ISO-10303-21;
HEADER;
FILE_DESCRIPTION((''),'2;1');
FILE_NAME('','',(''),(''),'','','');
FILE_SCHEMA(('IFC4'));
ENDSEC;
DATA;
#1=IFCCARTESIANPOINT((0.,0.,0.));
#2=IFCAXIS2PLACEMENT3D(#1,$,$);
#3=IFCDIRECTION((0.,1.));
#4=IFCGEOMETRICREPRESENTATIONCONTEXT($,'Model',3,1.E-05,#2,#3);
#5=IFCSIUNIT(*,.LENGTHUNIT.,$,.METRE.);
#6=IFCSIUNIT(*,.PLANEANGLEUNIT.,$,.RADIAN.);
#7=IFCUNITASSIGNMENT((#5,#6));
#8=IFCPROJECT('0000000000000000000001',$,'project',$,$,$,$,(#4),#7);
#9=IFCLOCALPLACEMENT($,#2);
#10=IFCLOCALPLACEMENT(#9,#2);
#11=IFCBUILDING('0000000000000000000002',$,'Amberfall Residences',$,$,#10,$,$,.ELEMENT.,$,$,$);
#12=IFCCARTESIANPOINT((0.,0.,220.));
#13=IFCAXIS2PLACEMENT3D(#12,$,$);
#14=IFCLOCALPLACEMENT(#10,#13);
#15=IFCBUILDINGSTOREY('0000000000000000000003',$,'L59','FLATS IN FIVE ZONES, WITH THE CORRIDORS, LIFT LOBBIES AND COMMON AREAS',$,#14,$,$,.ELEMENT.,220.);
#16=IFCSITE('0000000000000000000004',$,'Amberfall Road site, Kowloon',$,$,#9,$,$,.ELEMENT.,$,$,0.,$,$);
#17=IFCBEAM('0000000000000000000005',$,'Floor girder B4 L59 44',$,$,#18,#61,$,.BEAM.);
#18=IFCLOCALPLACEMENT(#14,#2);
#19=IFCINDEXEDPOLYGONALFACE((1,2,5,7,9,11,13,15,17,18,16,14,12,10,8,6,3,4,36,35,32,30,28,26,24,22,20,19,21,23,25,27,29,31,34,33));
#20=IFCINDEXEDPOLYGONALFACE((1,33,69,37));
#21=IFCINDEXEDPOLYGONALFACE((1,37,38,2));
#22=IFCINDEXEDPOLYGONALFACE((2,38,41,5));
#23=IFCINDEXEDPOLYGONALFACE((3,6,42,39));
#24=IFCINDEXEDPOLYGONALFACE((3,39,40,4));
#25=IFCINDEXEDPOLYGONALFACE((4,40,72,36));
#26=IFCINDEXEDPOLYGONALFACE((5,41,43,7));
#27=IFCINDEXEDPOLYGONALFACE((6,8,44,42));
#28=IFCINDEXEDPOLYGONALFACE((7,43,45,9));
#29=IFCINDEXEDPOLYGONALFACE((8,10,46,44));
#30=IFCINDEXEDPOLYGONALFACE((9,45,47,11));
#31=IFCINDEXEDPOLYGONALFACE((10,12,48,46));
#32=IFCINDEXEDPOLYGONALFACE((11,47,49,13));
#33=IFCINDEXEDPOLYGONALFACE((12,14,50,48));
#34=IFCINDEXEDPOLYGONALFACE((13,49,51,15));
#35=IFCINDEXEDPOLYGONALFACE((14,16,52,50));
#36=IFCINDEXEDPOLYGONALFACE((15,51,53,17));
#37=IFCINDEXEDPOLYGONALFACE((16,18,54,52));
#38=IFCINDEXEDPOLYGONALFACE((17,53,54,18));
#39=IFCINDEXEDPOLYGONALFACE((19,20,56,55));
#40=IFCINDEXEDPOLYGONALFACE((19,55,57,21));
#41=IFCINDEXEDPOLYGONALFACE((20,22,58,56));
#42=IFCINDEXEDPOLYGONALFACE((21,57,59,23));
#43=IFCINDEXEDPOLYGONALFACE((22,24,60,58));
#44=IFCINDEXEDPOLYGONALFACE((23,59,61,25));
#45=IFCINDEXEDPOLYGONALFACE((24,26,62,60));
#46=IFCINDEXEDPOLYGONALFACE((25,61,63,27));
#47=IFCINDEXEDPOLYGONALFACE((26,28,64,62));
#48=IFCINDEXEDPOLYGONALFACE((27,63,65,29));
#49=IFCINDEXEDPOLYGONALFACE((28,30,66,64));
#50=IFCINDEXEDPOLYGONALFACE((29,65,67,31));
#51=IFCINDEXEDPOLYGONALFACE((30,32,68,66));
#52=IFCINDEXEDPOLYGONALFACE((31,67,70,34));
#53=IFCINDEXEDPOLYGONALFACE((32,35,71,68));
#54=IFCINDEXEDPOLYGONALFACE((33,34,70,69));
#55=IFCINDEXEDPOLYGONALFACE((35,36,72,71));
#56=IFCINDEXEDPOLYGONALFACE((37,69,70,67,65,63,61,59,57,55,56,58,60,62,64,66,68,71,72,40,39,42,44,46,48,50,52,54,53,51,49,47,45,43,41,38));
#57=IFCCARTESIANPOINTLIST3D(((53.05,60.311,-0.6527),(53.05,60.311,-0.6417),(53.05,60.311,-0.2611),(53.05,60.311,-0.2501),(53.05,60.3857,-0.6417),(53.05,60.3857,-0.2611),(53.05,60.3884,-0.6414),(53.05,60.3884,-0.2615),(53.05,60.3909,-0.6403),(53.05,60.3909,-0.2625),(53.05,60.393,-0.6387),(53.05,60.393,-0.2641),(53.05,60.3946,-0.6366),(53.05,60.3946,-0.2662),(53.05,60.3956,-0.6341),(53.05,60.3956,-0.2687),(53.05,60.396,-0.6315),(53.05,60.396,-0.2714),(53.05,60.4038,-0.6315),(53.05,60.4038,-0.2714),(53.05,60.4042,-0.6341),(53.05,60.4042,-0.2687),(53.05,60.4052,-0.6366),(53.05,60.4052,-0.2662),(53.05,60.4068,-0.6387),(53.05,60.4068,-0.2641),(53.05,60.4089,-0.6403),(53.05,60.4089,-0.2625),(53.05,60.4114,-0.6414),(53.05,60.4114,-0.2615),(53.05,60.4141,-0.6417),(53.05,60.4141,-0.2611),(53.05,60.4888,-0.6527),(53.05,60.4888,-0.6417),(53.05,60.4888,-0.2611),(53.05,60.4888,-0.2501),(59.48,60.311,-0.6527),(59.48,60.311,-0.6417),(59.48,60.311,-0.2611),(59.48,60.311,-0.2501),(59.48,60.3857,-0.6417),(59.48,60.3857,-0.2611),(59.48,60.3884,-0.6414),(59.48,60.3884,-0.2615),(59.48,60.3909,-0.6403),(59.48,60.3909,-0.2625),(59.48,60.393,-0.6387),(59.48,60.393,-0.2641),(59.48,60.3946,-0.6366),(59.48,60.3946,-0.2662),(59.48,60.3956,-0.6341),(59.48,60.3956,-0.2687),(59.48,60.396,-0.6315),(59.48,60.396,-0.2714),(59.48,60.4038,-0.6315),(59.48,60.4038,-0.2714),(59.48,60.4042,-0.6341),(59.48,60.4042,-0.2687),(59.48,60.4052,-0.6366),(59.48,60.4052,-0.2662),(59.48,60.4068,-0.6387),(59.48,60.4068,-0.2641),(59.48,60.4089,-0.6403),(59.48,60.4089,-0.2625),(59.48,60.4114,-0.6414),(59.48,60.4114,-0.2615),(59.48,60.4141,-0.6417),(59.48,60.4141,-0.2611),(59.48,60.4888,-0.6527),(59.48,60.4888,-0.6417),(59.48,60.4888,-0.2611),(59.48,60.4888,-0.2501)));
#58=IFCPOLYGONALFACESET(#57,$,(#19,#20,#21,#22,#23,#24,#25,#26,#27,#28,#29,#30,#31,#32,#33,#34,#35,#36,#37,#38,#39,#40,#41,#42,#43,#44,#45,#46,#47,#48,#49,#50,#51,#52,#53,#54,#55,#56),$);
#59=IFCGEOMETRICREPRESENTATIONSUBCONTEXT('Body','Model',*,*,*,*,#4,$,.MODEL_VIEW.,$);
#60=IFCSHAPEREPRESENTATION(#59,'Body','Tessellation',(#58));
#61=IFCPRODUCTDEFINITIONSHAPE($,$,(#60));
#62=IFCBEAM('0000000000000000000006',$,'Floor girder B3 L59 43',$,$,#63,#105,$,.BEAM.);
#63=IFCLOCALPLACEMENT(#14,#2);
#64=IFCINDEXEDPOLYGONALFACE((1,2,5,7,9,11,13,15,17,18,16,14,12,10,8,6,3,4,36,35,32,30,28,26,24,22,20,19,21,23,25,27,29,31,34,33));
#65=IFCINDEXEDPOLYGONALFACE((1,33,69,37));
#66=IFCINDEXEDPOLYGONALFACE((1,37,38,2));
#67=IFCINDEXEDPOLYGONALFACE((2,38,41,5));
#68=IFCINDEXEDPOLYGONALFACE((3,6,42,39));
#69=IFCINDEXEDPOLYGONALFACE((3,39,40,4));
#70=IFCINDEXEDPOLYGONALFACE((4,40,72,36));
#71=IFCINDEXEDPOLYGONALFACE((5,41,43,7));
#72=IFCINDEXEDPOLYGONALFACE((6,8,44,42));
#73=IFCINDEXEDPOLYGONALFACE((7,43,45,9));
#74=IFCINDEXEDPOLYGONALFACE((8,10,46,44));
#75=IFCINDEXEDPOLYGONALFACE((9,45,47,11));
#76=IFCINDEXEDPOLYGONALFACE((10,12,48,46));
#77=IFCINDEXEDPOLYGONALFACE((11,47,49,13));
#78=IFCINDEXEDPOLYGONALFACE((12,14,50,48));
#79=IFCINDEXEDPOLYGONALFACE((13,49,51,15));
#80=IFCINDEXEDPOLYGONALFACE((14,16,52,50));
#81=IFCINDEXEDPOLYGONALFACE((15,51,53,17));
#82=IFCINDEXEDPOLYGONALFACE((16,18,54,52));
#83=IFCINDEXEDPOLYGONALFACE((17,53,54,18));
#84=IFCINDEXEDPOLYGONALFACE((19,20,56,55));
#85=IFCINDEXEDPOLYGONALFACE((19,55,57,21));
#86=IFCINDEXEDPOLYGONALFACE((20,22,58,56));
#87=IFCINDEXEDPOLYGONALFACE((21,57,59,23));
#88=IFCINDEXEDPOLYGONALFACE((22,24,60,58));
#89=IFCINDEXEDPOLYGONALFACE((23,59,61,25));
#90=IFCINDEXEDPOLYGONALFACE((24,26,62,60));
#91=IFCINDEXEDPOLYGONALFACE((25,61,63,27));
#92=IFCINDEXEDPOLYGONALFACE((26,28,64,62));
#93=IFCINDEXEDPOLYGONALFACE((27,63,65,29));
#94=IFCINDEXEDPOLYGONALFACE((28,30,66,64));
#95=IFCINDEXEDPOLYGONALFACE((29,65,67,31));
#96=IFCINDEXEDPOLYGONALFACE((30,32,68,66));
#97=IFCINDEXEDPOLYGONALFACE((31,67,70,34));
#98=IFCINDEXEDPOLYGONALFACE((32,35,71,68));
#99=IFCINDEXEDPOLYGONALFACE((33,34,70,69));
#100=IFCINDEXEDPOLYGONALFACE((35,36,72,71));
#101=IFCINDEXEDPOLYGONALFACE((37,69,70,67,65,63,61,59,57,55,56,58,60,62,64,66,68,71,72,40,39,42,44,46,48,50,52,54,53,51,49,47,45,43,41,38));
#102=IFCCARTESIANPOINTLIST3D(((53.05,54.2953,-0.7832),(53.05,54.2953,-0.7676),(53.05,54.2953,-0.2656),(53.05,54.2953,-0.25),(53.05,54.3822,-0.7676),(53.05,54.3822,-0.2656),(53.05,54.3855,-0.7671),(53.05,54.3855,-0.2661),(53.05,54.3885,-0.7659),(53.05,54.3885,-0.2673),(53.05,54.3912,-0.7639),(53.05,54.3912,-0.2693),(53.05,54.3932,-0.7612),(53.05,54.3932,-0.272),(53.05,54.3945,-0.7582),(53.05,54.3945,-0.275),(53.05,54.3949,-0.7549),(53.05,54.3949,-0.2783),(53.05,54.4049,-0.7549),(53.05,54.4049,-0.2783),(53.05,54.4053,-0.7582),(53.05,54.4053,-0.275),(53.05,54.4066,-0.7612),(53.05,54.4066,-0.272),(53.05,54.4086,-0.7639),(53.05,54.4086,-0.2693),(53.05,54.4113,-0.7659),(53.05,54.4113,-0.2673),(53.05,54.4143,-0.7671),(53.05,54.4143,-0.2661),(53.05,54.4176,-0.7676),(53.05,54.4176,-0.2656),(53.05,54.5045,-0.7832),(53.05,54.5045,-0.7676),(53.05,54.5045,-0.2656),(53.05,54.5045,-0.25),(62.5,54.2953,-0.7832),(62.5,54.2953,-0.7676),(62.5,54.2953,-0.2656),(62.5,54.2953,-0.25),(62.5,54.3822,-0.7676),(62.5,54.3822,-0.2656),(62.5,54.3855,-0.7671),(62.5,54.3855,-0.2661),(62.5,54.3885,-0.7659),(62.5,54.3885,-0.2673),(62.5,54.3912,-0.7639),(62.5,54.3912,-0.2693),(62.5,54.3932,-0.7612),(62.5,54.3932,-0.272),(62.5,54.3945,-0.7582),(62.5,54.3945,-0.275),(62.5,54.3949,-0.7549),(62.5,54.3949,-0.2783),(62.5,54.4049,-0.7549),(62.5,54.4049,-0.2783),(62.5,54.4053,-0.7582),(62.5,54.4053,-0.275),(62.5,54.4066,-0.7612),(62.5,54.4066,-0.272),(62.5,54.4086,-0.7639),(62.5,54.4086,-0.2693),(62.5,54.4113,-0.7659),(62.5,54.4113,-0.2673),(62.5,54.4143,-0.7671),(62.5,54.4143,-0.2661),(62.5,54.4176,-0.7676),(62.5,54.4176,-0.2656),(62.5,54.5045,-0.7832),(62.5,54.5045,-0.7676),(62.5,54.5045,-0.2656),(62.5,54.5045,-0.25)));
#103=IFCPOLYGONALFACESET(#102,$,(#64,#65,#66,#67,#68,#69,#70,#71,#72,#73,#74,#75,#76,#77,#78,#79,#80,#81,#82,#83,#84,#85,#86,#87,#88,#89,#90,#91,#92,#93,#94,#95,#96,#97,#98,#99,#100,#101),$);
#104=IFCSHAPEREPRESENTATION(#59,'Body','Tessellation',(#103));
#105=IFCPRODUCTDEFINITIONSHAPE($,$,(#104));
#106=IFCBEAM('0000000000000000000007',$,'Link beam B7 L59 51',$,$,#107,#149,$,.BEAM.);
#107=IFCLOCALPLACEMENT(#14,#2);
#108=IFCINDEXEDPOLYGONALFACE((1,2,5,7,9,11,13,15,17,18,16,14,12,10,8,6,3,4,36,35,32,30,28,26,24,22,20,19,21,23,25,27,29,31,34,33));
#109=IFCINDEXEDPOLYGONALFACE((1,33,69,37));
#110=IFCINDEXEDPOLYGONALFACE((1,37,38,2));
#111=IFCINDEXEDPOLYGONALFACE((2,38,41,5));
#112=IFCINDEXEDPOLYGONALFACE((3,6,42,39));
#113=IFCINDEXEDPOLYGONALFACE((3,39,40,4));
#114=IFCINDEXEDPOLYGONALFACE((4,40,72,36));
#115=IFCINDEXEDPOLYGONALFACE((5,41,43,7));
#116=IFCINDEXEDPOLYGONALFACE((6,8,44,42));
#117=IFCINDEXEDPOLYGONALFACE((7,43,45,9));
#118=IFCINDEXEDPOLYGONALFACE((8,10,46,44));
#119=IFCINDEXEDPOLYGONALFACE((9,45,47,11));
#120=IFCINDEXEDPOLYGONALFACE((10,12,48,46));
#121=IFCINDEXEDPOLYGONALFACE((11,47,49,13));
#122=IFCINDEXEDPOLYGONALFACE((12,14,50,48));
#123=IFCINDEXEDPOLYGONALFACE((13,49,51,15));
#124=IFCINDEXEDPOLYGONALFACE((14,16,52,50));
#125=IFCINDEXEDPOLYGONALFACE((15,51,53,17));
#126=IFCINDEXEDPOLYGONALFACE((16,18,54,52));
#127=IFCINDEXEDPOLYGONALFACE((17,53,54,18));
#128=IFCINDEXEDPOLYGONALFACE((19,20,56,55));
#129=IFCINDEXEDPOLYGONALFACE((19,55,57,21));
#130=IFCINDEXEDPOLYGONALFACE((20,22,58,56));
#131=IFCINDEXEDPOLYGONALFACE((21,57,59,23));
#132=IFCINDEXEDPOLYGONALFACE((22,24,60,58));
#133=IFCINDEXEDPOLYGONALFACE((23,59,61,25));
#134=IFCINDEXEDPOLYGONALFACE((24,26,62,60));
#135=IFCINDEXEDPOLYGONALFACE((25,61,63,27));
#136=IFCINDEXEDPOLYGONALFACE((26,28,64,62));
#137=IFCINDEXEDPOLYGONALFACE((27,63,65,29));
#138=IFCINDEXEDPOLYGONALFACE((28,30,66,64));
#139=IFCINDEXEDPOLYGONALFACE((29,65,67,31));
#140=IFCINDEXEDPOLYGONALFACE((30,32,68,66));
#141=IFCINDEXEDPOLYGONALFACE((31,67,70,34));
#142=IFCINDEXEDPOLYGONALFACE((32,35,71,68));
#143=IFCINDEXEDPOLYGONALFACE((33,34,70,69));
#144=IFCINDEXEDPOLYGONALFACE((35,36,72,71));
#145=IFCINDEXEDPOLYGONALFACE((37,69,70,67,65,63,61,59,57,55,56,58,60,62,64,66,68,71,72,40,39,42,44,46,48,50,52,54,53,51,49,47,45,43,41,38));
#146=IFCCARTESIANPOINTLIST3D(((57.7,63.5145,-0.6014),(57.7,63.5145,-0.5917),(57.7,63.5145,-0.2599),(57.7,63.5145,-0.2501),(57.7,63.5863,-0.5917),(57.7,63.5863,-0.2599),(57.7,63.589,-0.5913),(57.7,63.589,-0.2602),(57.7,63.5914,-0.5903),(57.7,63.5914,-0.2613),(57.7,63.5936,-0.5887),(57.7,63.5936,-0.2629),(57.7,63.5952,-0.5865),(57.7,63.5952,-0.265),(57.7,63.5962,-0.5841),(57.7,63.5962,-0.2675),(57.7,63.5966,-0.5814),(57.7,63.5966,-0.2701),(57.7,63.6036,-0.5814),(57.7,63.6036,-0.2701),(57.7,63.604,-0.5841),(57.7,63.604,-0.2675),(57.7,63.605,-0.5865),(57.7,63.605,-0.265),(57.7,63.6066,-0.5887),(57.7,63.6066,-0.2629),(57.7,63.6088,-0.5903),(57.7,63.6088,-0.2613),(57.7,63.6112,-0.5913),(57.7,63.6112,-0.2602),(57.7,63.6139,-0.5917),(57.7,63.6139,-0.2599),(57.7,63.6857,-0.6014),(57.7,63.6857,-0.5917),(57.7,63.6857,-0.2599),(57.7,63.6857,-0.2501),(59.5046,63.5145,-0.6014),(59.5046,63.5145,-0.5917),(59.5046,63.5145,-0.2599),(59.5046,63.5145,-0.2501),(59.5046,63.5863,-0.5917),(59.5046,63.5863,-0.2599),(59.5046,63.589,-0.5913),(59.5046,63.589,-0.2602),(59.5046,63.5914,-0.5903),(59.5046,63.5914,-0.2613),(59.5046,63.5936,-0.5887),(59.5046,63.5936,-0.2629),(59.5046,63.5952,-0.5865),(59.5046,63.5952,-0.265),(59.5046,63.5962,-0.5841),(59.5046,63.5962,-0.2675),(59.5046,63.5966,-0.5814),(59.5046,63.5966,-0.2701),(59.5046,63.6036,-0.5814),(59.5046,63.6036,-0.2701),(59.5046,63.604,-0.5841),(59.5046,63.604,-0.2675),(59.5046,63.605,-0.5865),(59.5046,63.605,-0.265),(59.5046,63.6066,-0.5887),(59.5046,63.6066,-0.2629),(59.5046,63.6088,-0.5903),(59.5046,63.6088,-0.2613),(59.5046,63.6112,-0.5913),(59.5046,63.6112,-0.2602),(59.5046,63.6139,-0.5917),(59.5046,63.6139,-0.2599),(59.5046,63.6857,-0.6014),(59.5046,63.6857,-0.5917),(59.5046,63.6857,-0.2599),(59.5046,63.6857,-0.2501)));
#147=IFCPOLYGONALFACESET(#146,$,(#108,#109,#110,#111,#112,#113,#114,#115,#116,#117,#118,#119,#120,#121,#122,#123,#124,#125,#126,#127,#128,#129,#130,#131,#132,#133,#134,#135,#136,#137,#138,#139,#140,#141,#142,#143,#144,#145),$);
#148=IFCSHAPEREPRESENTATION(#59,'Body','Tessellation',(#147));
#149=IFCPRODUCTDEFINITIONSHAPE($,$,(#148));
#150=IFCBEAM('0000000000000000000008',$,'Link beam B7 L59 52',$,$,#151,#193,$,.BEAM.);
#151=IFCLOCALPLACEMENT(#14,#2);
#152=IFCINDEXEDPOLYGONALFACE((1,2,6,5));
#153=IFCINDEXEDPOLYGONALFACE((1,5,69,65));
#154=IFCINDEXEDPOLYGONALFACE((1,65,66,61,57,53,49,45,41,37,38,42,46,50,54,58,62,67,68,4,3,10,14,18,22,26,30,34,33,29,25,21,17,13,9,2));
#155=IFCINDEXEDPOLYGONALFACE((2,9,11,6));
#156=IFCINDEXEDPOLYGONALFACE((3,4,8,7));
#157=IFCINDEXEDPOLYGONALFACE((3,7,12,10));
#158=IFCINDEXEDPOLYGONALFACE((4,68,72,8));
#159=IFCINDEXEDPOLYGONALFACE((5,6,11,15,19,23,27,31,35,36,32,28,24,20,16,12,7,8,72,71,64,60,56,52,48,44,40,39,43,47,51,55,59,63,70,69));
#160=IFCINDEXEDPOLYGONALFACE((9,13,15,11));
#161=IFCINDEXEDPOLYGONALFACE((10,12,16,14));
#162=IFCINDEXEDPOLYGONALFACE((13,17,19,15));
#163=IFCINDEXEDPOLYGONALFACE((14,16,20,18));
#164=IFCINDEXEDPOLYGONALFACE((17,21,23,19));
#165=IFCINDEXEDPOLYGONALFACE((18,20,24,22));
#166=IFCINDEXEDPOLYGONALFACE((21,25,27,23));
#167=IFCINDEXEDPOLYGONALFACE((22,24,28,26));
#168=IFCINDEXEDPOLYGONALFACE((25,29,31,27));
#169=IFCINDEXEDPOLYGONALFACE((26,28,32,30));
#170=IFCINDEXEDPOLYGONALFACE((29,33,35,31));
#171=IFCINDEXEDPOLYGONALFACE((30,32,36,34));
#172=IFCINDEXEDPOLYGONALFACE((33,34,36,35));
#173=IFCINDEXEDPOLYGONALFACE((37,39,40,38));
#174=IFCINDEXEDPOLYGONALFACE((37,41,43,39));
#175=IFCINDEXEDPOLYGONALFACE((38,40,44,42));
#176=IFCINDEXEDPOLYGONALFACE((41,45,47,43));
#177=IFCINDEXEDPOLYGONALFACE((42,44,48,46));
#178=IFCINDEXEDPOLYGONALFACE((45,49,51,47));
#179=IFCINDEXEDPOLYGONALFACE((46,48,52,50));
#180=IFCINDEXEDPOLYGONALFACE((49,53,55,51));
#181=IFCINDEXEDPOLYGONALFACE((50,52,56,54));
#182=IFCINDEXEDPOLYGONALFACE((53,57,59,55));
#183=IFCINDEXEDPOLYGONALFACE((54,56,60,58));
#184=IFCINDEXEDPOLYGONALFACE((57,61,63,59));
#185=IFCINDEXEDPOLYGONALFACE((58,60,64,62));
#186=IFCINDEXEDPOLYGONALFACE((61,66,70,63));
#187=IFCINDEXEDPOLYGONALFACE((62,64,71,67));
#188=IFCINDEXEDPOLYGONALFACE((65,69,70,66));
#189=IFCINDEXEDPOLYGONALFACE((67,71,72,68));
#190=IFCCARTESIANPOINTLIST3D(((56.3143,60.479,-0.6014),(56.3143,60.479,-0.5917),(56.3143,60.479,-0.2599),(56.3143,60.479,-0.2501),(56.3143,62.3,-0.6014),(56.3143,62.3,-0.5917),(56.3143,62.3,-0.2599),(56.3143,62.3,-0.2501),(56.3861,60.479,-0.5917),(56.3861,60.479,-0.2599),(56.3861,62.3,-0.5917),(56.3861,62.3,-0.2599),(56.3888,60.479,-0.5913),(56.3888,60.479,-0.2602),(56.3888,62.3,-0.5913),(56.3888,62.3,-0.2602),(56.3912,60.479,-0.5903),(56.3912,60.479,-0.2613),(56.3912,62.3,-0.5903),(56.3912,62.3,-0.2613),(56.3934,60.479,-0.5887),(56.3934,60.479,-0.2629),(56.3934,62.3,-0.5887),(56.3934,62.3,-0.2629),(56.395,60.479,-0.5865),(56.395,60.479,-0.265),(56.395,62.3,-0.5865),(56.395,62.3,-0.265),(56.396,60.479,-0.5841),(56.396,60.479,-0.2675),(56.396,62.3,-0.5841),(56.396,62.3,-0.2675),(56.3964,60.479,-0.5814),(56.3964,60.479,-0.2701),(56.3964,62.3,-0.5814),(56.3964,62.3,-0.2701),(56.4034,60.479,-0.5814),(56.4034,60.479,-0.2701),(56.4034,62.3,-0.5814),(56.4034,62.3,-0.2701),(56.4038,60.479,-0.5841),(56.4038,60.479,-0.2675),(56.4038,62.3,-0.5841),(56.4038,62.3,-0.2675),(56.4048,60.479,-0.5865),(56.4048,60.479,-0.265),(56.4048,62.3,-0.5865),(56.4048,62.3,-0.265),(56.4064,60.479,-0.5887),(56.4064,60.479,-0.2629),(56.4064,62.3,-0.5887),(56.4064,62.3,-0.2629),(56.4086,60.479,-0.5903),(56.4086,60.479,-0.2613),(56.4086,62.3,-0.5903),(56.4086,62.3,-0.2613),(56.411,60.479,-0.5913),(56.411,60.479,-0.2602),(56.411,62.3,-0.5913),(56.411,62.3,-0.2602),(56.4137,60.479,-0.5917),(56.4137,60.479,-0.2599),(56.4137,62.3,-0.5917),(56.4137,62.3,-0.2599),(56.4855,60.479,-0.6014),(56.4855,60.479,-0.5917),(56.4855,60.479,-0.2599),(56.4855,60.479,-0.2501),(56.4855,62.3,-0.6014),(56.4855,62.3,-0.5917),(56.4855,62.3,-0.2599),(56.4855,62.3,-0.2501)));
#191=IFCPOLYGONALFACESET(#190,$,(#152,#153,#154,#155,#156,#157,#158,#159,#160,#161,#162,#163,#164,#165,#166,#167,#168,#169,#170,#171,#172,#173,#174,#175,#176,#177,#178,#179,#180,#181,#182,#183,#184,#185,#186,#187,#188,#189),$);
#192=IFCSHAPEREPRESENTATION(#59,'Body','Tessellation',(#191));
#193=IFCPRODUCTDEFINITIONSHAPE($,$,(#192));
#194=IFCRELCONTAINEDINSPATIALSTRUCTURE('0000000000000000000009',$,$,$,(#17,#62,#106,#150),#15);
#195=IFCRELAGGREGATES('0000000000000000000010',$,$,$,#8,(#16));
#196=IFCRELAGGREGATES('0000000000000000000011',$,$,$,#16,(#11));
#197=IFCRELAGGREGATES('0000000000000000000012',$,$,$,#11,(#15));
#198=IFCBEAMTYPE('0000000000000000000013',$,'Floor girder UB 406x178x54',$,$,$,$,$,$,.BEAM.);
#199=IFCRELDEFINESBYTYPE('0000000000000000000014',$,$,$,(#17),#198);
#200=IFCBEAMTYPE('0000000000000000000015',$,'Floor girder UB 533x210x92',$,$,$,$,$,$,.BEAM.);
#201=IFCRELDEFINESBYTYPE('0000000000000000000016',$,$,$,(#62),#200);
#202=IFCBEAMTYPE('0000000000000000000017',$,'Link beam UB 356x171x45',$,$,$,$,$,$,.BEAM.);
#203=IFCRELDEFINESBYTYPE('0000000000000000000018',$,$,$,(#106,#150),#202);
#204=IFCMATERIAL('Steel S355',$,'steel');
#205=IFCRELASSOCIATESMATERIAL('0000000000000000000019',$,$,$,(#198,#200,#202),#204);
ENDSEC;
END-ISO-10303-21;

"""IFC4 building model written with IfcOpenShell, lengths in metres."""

from ifc_helpers import new_model, si_unit, direction, frame, origin, origin_2d, place, context, subcontext, project, spatial, i_section, extrude, material, material_profile, profile_set, type_object, element, save


model = new_model("IFC4")

# Units and contexts
model_context = context("Model", 3, precision=1e-05, world=origin(), true_north=direction((0.0, 1.0)))
body_context = subcontext(model_context, "Body", "Model", "MODEL_VIEW")
ifc_project = project(units=[si_unit("LENGTHUNIT", "METRE"), si_unit("PLANEANGLEUNIT", "RADIAN")], contexts=[model_context])

# Site, building, storey
site_placement = place(None, origin())
site = spatial("IfcSite", under=ifc_project, at=site_placement, Name="Amberfall Road site, Kowloon", CompositionType="ELEMENT", RefElevation=0.0)
building_placement = place(site_placement, origin())
building = spatial("IfcBuilding", under=site, at=building_placement, Name="Amberfall Residences", CompositionType="ELEMENT")
storey_placement = place(building_placement, frame((0.0, 0.0, 220.0)))
storey = spatial("IfcBuildingStorey", under=building, at=storey_placement, Name="L59", Description="FLATS IN FIVE ZONES, WITH THE CORRIDORS, LIFT LOBBIES AND COMMON AREAS", CompositionType="ELEMENT", Elevation=220.0)

# Shared definitions
ifc_material_1 = material(Name="Steel S355", Category="steel")

# Beams
ifc_material_profile_1 = material_profile(ifc_material_1, i_section(OverallWidth=0.1777, OverallDepth=0.4026, WebThickness=0.0078, FlangeThickness=0.011, FilletRadius=0.0103, at=origin_2d()), Name="UB 406x178x54")
ifc_profile_set_1 = profile_set([ifc_material_profile_1], Name="Steel S355")
beam_type_1 = type_object("IfcBeamType", Name="Floor girder UB 406x178x54", PredefinedType="BEAM", material=ifc_profile_set_1)
beam_1_placement = place(storey_placement, frame((53.05, 60.3999, -0.4514), z_axis=(1.0, 0.0, 0.0), x_axis=(0.0, 1.0, 0.0)))
element("IfcBeam", 1, at=beam_1_placement, inside=storey, type_object=beam_type_1, Name="Floor girder B4 L59 44", PredefinedType="BEAM", context=body_context, shape_type="SweptSolid", body=[
    extrude(i_section(OverallWidth=0.1777, OverallDepth=0.4026, WebThickness=0.0078, FlangeThickness=0.011, FilletRadius=0.0103, at=origin_2d()), origin(), (0.0, 0.0, 1.0), 6.4299),
])
ifc_material_profile_2 = material_profile(ifc_material_1, i_section(OverallWidth=0.2092, OverallDepth=0.5332, WebThickness=0.01, FlangeThickness=0.0156, FilletRadius=0.0127, at=origin_2d()), Name="UB 533x210x92")
ifc_profile_set_2 = profile_set([ifc_material_profile_2], Name="Steel S355")
beam_type_2 = type_object("IfcBeamType", Name="Floor girder UB 533x210x92", PredefinedType="BEAM", material=ifc_profile_set_2)
beam_2_placement = place(storey_placement, frame((53.05, 54.3999, -0.5166), z_axis=(1.0, 0.0, 0.0), x_axis=(0.0, 1.0, 0.0)))
element("IfcBeam", 2, at=beam_2_placement, inside=storey, type_object=beam_type_2, Name="Floor girder B3 L59 43", PredefinedType="BEAM", context=body_context, shape_type="SweptSolid", body=[
    extrude(i_section(OverallWidth=0.2092, OverallDepth=0.5332, WebThickness=0.01, FlangeThickness=0.0156, FilletRadius=0.0127, at=origin_2d()), origin(), (0.0, 0.0, 1.0), 9.45),
])
ifc_material_profile_3 = material_profile(ifc_material_1, i_section(OverallWidth=0.1711, OverallDepth=0.3513, WebThickness=0.0071, FlangeThickness=0.0098, FilletRadius=0.0103, at=origin_2d()), Name="UB 356x171x45")
ifc_profile_set_3 = profile_set([ifc_material_profile_3], Name="Steel S355")
beam_type_3 = type_object("IfcBeamType", Name="Link beam UB 356x171x45", PredefinedType="BEAM", material=ifc_profile_set_3)
beam_3_placement = place(storey_placement, frame((57.7, 63.6001, -0.4258), z_axis=(1.0, 0.0, 0.0), x_axis=(0.0, 1.0, 0.0)))
element("IfcBeam", 3, at=beam_3_placement, inside=storey, type_object=beam_type_3, Name="Link beam B7 L59 51", PredefinedType="BEAM", context=body_context, shape_type="SweptSolid", body=[
    extrude(i_section(OverallWidth=0.1711, OverallDepth=0.3513, WebThickness=0.0071, FlangeThickness=0.0098, FilletRadius=0.0103, at=origin_2d()), origin(), (0.0, 0.0, 1.0), 1.8047),
])
beam_4_placement = place(storey_placement, frame((56.3999, 62.3, -0.4258), z_axis=(0.0, -1.0, 0.0), x_axis=(1.0, 0.0, 0.0)))
element("IfcBeam", 4, at=beam_4_placement, inside=storey, type_object=beam_type_3, Name="Link beam B7 L59 52", PredefinedType="BEAM", context=body_context, shape_type="SweptSolid", body=[
    extrude(i_section(OverallWidth=0.1711, OverallDepth=0.3513, WebThickness=0.0071, FlangeThickness=0.0098, FilletRadius=0.0103, at=origin_2d()), origin(), (0.0, 0.0, 1.0), 1.821),
])

save(model, "model.ifc")
